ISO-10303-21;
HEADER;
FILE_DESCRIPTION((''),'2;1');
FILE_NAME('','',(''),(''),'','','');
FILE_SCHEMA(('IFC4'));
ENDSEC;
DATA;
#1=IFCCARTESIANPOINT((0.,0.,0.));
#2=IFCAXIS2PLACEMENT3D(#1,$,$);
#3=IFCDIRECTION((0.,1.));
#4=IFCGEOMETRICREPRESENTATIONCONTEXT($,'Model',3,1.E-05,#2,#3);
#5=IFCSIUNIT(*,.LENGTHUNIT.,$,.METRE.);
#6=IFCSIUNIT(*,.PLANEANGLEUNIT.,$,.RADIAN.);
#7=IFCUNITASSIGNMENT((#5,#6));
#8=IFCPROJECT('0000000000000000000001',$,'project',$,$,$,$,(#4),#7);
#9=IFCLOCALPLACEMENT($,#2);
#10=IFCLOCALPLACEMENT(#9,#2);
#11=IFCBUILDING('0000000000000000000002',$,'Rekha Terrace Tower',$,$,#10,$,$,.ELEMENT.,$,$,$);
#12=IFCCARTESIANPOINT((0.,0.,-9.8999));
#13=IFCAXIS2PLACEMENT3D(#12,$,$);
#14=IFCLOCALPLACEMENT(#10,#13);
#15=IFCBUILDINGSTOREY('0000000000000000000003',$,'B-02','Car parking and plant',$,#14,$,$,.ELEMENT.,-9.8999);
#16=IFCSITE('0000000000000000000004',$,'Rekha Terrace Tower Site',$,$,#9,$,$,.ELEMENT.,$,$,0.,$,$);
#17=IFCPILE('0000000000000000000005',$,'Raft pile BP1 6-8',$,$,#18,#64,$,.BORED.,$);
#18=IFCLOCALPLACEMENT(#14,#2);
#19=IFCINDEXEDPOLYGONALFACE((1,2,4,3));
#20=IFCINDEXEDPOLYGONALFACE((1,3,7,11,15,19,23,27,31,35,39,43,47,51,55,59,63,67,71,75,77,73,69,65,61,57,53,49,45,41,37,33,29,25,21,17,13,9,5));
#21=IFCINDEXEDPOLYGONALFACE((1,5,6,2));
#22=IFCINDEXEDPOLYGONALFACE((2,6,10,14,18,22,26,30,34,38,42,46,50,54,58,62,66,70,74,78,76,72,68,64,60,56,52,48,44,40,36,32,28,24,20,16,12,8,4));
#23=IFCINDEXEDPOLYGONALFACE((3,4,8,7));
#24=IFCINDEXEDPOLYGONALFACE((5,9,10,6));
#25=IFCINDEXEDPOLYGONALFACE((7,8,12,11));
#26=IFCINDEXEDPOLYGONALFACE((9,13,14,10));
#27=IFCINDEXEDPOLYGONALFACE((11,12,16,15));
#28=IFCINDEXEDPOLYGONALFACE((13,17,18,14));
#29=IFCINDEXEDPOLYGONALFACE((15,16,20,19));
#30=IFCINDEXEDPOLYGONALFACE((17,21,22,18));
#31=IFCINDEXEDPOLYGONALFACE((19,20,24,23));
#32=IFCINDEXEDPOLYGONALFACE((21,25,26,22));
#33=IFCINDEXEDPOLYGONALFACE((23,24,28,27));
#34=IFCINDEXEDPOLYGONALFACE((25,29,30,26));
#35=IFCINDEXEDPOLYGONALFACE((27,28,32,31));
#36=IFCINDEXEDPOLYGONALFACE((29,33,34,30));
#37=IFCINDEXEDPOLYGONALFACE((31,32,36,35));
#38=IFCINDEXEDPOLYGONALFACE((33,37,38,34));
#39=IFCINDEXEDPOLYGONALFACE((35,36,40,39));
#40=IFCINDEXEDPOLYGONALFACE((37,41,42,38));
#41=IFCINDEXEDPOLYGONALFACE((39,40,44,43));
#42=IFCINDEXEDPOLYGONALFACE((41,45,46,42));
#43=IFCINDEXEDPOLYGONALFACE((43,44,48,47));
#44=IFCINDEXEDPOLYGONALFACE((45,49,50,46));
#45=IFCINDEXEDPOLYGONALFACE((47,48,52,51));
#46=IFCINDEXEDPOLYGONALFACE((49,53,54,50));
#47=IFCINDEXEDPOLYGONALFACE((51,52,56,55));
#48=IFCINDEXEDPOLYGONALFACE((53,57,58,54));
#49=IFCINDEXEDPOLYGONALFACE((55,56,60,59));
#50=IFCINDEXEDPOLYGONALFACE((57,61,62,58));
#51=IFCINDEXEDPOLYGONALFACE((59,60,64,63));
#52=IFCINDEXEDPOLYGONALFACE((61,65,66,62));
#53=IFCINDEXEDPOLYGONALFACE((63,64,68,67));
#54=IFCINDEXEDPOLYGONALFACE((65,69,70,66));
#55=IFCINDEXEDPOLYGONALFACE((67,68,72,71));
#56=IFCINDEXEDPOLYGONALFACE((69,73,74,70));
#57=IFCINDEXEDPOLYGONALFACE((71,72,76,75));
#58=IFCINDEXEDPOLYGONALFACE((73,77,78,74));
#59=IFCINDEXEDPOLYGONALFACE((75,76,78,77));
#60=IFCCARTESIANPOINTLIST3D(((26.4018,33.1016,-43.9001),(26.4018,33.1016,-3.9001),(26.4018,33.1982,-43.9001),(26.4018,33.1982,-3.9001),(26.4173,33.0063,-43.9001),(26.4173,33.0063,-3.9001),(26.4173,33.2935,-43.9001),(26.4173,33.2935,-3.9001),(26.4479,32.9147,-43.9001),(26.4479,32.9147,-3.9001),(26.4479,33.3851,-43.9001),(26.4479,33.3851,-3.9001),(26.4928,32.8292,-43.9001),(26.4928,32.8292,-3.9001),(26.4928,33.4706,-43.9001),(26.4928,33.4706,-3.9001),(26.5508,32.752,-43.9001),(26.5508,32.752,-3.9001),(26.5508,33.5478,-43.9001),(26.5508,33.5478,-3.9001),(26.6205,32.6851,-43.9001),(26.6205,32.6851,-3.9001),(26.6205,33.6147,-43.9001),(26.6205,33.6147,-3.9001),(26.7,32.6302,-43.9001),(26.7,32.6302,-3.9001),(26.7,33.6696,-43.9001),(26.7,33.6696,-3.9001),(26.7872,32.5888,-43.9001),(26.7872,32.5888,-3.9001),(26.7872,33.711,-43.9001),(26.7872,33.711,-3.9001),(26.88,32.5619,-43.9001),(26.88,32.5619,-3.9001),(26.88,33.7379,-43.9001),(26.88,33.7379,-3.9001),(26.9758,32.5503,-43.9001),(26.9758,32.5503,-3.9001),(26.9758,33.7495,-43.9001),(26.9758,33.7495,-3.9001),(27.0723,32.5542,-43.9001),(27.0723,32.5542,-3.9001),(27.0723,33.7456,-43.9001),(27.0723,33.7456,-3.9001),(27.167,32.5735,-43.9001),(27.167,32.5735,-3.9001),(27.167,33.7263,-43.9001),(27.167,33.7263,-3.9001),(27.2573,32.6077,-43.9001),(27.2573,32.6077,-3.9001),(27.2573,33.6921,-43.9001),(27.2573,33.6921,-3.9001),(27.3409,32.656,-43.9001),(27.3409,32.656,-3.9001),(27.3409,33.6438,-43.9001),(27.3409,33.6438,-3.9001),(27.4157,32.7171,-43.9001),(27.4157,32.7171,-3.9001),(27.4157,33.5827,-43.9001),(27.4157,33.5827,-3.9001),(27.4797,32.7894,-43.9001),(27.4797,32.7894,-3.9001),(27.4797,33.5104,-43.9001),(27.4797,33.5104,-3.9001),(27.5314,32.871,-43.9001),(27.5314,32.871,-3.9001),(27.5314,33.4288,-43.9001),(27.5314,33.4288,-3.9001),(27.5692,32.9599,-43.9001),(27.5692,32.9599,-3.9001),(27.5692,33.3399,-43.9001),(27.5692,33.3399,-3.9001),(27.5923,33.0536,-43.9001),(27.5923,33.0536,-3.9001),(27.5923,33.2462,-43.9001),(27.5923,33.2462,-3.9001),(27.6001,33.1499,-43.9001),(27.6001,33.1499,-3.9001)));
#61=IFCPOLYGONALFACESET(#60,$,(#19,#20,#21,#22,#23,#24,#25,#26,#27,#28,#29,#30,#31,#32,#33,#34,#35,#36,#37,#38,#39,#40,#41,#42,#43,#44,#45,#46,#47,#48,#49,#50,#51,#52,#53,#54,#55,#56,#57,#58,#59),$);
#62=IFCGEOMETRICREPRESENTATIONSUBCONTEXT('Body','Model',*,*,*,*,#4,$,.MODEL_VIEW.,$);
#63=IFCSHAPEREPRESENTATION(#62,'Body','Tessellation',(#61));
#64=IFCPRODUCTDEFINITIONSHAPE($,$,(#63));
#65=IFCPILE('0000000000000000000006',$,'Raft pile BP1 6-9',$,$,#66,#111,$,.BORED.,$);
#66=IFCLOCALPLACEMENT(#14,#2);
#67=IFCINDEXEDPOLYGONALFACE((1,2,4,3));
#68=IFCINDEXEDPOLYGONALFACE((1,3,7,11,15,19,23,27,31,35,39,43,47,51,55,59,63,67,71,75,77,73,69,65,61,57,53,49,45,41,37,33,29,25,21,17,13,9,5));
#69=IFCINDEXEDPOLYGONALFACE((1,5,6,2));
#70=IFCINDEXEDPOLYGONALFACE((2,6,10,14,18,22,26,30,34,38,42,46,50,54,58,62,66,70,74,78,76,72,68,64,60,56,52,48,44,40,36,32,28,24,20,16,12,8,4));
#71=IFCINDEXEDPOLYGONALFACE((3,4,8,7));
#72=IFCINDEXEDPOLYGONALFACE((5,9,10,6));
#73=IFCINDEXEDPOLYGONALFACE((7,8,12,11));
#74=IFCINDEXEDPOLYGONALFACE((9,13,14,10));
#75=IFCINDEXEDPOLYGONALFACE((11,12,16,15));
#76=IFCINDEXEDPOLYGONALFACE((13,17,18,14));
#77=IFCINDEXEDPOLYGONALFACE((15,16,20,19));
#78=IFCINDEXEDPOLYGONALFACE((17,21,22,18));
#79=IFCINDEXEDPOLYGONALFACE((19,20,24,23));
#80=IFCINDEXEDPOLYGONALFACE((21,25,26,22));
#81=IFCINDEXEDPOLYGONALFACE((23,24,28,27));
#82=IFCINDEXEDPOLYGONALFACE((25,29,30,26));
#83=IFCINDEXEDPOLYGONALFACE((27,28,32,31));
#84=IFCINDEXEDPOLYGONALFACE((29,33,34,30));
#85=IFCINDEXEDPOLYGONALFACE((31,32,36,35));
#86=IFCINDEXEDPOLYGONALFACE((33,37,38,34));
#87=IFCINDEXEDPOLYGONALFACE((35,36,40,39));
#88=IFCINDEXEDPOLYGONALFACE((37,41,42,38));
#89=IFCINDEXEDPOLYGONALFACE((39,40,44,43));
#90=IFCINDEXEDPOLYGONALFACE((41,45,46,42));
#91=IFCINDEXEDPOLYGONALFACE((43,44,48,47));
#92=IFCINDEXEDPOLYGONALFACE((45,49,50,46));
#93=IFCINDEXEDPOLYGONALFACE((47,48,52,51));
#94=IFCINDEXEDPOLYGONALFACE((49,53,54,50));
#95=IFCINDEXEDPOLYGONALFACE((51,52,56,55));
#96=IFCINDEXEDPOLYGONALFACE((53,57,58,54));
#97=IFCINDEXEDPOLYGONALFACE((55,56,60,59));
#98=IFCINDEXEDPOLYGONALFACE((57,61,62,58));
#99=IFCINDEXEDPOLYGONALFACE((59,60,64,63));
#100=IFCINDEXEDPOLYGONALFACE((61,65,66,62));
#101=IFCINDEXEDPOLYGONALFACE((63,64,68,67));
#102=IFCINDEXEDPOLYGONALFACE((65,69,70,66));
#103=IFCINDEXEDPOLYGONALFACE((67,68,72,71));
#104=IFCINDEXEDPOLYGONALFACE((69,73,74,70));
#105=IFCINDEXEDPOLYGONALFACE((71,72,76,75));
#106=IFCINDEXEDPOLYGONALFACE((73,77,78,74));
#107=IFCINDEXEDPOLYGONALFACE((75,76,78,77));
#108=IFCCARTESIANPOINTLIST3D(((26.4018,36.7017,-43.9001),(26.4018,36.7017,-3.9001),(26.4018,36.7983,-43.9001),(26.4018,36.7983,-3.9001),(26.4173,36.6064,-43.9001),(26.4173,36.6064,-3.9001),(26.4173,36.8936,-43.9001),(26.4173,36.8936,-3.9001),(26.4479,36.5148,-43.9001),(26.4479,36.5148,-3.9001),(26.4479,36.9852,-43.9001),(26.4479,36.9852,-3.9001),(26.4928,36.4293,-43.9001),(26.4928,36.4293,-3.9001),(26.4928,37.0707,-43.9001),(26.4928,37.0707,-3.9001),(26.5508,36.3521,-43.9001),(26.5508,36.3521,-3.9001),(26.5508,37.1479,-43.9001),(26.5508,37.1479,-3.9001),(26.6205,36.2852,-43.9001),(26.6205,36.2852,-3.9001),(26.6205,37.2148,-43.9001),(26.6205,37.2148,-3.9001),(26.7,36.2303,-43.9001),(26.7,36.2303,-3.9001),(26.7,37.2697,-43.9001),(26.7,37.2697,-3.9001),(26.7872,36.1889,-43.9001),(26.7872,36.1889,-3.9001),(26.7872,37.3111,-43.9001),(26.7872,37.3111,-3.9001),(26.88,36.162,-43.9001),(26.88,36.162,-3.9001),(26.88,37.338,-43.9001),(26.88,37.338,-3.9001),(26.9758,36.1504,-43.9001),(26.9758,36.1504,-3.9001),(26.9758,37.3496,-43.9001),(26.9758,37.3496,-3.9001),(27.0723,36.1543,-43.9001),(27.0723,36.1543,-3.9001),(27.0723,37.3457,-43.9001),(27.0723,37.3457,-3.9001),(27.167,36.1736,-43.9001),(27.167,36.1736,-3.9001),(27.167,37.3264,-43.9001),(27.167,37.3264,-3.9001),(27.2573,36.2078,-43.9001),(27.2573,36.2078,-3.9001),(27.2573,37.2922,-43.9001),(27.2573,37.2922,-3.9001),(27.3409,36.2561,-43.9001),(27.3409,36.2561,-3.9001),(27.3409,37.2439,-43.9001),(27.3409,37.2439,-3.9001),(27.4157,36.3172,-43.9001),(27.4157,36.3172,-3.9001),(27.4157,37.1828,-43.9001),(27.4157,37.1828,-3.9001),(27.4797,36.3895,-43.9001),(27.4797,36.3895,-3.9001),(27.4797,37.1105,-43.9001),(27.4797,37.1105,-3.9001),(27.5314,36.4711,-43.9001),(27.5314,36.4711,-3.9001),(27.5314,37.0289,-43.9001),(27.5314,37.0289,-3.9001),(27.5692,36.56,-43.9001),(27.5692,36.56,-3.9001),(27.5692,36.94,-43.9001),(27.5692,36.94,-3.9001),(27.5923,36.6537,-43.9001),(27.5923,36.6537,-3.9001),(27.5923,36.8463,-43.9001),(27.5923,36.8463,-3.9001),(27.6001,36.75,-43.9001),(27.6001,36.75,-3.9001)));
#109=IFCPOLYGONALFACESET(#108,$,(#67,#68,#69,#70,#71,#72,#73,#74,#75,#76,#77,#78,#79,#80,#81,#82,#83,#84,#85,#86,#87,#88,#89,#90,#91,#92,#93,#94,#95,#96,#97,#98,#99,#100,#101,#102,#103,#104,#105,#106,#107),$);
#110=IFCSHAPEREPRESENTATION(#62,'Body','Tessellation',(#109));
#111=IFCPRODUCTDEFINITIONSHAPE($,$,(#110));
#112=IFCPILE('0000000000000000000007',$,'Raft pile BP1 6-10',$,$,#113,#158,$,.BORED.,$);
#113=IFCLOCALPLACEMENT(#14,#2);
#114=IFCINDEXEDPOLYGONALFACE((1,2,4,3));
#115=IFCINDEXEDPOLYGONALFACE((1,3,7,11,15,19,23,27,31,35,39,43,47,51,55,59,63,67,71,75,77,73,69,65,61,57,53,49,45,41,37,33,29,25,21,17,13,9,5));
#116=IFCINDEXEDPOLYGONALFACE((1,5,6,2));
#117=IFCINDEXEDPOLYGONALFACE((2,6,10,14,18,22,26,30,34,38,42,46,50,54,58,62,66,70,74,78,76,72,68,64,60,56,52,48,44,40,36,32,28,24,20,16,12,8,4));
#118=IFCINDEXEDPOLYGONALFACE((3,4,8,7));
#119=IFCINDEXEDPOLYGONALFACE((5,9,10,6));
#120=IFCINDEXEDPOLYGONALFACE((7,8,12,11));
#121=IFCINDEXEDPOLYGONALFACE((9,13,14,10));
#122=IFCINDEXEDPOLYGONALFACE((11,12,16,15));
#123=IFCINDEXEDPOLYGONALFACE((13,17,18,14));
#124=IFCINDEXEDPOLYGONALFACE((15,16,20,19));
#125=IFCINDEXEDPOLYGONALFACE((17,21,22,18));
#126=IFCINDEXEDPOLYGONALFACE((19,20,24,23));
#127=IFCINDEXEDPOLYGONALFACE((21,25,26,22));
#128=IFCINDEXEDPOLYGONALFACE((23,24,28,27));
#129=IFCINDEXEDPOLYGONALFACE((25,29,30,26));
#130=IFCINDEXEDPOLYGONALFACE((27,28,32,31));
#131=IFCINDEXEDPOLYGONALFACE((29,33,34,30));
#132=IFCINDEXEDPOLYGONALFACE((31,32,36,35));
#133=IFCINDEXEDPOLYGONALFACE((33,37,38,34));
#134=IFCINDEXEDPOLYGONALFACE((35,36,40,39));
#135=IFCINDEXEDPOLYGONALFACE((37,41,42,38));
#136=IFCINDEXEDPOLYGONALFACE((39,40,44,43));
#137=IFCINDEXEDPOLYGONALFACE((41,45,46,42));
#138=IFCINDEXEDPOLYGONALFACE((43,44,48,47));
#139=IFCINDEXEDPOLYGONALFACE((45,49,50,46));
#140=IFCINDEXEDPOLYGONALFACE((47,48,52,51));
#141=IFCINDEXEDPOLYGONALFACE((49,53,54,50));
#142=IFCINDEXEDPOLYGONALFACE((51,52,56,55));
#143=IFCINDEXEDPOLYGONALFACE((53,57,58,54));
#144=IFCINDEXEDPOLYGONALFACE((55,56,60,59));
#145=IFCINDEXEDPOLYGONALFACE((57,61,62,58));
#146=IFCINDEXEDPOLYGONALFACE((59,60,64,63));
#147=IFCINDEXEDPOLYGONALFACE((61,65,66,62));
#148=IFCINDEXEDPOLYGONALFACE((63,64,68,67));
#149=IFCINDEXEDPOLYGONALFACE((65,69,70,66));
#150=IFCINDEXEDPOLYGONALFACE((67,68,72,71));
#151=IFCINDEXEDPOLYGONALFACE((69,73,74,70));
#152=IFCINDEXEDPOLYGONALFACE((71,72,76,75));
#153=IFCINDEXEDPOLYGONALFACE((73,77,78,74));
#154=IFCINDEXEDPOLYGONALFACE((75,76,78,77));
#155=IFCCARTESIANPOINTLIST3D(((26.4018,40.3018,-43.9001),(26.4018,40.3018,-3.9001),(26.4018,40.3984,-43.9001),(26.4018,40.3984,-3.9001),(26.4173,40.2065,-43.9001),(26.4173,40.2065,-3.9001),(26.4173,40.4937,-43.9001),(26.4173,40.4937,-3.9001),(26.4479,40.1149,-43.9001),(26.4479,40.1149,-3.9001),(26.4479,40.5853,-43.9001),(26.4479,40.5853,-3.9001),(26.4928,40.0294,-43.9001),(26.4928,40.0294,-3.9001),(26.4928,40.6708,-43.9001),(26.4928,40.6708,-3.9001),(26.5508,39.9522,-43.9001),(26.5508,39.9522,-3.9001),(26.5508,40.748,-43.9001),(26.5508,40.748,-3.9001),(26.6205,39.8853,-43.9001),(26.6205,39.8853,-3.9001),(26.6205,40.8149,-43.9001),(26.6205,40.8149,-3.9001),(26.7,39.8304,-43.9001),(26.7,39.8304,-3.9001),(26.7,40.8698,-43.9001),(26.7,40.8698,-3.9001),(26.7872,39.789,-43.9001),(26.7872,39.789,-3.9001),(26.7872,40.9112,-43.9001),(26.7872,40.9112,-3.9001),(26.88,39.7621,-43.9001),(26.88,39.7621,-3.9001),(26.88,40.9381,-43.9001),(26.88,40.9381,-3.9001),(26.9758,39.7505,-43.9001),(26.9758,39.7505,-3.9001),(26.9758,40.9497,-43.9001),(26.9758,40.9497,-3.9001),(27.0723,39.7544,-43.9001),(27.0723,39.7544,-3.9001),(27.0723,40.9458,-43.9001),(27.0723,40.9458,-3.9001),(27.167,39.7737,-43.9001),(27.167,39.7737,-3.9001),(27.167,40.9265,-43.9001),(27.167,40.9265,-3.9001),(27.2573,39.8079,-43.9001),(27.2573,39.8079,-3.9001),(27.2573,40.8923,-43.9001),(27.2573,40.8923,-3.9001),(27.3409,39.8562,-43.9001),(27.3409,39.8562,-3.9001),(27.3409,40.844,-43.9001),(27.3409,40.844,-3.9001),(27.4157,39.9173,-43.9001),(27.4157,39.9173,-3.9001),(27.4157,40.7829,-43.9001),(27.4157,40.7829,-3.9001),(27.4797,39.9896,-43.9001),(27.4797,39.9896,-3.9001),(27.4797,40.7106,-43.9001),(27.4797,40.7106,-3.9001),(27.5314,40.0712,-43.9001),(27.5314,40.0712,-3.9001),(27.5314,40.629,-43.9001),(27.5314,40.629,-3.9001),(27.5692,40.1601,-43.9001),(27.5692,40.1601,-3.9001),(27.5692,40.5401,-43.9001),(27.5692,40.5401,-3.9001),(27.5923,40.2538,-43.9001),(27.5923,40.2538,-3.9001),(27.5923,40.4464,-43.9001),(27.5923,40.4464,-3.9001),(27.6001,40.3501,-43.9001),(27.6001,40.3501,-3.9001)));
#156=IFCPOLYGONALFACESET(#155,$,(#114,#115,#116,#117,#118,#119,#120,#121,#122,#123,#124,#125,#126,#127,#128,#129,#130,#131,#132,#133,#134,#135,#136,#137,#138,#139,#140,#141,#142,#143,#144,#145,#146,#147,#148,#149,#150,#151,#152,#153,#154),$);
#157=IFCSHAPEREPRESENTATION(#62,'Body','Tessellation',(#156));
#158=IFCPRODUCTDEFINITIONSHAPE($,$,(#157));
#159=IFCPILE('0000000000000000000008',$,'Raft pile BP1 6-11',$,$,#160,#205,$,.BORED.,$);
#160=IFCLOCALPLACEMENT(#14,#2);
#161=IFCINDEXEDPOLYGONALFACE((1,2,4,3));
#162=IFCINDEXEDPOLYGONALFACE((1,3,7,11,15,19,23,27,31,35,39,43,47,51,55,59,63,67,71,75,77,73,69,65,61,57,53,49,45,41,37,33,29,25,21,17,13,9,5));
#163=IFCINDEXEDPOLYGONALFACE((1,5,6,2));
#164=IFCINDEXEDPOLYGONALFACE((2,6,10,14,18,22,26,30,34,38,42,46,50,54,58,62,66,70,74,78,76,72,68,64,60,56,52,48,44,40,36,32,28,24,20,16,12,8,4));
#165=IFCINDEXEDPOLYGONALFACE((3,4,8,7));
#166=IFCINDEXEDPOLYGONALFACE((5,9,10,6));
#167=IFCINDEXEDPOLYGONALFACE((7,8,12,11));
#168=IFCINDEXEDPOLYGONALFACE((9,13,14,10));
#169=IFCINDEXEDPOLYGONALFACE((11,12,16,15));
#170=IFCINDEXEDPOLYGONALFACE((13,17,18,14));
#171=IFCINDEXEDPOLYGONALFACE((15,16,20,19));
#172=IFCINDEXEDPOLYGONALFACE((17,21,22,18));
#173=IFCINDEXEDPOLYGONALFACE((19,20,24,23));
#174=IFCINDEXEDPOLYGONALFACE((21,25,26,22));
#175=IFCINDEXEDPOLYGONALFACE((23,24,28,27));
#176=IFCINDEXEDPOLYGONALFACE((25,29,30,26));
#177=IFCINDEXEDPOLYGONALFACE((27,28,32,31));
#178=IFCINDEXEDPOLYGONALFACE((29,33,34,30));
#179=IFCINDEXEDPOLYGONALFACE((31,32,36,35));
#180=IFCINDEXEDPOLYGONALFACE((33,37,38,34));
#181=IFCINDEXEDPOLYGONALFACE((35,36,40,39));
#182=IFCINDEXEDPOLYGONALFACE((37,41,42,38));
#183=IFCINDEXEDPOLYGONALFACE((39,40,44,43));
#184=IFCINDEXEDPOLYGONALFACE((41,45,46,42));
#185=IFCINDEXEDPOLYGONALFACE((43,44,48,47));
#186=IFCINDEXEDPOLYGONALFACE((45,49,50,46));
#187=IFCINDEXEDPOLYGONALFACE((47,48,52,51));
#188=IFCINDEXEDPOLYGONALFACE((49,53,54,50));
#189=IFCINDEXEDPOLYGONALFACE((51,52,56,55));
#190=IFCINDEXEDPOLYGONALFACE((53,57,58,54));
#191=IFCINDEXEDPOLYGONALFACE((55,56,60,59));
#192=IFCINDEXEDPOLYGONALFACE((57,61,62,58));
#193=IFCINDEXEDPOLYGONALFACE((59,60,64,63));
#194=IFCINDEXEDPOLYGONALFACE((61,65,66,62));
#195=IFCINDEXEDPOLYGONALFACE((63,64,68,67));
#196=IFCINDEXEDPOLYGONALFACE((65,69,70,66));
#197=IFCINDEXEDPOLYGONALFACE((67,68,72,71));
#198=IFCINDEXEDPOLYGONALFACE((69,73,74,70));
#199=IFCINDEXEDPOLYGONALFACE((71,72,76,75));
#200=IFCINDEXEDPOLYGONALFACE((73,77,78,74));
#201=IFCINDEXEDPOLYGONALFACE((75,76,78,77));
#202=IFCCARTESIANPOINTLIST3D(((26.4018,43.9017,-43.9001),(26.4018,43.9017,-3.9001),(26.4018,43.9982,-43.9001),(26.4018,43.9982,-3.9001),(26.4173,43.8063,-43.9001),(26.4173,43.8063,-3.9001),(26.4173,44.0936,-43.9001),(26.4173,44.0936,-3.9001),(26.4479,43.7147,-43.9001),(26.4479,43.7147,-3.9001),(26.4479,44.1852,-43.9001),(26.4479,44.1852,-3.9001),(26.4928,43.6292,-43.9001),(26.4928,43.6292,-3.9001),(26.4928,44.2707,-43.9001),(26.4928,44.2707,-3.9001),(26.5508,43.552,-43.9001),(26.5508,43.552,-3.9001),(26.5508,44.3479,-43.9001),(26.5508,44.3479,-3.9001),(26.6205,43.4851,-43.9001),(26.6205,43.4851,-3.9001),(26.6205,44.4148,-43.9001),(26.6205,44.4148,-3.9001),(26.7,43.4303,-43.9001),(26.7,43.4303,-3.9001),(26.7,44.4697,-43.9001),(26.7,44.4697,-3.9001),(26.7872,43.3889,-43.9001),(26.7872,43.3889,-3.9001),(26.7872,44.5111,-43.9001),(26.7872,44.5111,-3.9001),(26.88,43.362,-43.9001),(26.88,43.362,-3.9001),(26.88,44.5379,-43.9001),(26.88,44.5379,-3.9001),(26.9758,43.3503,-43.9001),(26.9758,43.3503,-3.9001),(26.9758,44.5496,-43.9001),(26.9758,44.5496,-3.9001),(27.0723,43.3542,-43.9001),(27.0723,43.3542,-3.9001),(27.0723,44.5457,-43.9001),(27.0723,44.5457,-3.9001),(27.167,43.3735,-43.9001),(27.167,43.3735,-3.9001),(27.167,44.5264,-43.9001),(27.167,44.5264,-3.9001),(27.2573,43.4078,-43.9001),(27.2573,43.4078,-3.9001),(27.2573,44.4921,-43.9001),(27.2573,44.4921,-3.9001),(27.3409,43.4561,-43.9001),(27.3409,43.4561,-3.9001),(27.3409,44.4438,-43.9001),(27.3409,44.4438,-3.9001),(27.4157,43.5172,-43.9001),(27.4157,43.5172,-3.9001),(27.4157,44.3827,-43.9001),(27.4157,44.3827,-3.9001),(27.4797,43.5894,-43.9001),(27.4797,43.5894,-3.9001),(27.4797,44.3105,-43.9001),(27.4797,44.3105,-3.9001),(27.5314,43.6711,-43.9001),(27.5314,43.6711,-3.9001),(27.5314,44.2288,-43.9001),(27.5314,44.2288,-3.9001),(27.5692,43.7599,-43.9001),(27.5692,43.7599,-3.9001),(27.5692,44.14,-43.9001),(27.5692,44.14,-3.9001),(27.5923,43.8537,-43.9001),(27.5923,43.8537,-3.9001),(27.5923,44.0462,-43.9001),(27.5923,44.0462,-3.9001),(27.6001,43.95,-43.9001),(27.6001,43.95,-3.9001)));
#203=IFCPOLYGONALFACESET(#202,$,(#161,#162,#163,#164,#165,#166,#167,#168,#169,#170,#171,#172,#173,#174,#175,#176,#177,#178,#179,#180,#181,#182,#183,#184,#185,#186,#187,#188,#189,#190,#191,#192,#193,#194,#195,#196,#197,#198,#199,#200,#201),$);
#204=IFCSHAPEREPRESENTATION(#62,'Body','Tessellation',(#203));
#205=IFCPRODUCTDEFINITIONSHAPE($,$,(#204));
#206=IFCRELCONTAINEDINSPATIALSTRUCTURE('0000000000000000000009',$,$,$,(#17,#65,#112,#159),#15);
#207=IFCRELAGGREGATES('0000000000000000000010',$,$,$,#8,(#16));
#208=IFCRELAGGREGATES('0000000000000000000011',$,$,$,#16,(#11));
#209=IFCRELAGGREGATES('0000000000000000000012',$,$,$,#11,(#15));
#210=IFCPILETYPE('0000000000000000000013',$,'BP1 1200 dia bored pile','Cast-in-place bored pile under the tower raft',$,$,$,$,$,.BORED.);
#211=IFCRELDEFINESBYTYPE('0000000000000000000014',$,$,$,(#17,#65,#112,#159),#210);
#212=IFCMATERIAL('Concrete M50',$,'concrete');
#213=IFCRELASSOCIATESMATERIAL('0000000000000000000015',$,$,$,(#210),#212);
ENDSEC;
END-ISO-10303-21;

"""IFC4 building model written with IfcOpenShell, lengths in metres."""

from ifc_helpers import new_model, si_unit, direction, frame, origin, origin_2d, place, context, subcontext, project, spatial, circle, extrude, material, type_object, element, save


model = new_model("IFC4")

# Units and contexts
model_context = context("Model", 3, precision=1e-05, world=origin(), true_north=direction((0.0, 1.0)))
body_context = subcontext(model_context, "Body", "Model", "MODEL_VIEW")
ifc_project = project(units=[si_unit("LENGTHUNIT", "METRE"), si_unit("PLANEANGLEUNIT", "RADIAN")], contexts=[model_context])

# Site, building, storey
site_placement = place(None, origin())
site = spatial("IfcSite", under=ifc_project, at=site_placement, Name="Rekha Terrace Tower Site", CompositionType="ELEMENT", RefElevation=0.0)
building_placement = place(site_placement, origin())
building = spatial("IfcBuilding", under=site, at=building_placement, Name="Rekha Terrace Tower", CompositionType="ELEMENT")
storey_placement = place(building_placement, frame((0.0, 0.0, -9.8999)))
storey = spatial("IfcBuildingStorey", under=building, at=storey_placement, Name="B-02", Description="Car parking and plant", CompositionType="ELEMENT", Elevation=-9.8999)

# Piles
ifc_material_1 = material(Name="Concrete M50", Category="concrete")
pile_type = type_object("IfcPileType", Name="BP1 1200 dia bored pile", Description="Cast-in-place bored pile under the tower raft", PredefinedType="BORED", material=ifc_material_1)
for number, where, z_axis, x_axis, name in (
    (1, (27.0, 33.1499, -3.9001), (0.0, 0.0, -1.0), (1.0, 0.0, 0.0), "Raft pile BP1 6-8"),
    (2, (27.0, 36.75, -3.9001), (0.0, 0.0, -1.0), (1.0, 0.0, 0.0), "Raft pile BP1 6-9"),
    (3, (27.0, 40.3501, -3.9001), (0.0, 0.0, -1.0), (1.0, 0.0, 0.0), "Raft pile BP1 6-10"),
    (4, (27.0, 43.95, -3.9001), (0.0, 0.0, -1.0), (1.0, 0.0, 0.0), "Raft pile BP1 6-11"),
):
    element("IfcPile", number, at=place(storey_placement, frame(where, z_axis=z_axis, x_axis=x_axis)), inside=storey, type_object=pile_type, Name=name, PredefinedType="BORED", context=body_context, shape_type="SweptSolid", body=[
        extrude(circle(Radius=0.6001, at=origin_2d()), origin(), (0.0, 0.0, 1.0), 40.0),
    ])

save(model, "model.ifc")
